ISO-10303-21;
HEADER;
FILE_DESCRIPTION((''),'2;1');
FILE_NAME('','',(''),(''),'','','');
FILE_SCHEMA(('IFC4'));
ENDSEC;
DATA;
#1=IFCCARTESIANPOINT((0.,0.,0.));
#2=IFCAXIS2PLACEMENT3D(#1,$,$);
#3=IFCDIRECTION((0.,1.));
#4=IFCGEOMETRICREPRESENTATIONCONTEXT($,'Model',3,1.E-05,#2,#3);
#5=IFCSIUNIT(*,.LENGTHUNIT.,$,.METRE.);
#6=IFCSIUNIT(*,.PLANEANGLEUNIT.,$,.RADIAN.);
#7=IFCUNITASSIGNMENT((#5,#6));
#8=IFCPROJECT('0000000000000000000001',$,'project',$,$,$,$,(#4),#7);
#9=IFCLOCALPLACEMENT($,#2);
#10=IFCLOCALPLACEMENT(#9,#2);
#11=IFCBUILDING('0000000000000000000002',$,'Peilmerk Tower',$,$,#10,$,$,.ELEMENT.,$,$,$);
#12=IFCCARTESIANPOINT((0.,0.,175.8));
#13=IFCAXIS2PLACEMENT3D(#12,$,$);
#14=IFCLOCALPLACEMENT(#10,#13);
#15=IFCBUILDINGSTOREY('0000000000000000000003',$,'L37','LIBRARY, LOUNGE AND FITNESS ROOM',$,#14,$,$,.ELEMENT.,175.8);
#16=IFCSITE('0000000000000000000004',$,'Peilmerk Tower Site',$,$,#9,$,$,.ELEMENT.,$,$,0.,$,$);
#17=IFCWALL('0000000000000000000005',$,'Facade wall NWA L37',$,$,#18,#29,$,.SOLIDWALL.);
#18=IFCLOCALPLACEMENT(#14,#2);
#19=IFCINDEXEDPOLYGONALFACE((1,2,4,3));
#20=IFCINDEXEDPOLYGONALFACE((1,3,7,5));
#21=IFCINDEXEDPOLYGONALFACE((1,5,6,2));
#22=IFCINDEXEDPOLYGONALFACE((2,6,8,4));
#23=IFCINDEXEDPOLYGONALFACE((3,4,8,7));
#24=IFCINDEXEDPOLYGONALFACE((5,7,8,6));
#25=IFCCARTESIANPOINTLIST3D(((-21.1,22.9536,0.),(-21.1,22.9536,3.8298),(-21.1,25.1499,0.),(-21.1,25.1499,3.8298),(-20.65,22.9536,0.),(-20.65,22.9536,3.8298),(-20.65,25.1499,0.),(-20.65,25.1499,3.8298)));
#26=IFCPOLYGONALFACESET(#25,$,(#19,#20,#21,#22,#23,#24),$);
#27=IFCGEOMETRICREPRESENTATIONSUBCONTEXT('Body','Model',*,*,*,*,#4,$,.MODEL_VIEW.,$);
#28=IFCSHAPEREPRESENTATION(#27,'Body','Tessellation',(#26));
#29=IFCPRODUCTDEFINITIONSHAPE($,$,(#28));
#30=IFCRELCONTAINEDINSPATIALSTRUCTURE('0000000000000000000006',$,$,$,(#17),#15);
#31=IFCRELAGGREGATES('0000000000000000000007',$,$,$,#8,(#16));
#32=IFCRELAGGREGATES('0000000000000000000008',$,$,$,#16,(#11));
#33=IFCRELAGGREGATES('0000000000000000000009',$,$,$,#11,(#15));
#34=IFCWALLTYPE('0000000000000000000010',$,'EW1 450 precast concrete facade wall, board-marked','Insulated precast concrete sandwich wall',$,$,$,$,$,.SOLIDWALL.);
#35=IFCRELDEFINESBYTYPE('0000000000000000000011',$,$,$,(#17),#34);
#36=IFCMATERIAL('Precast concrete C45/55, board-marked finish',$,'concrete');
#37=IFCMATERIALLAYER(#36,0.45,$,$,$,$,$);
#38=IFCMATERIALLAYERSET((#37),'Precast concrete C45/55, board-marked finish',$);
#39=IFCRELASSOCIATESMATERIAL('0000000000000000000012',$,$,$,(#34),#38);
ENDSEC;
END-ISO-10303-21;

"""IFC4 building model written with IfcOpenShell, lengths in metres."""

from ifc_helpers import new_model, si_unit, direction, frame, frame_2d, origin, place, context, subcontext, project, spatial, rectangle, extrude, material, layer, layer_set, type_object, element, save


model = new_model("IFC4")

# Units and contexts
model_context = context("Model", 3, precision=1e-05, world=origin(), true_north=direction((0.0, 1.0)))
body_context = subcontext(model_context, "Body", "Model", "MODEL_VIEW")
ifc_project = project(units=[si_unit("LENGTHUNIT", "METRE"), si_unit("PLANEANGLEUNIT", "RADIAN")], contexts=[model_context])

# Site, building, storey
site_placement = place(None, origin())
site = spatial("IfcSite", under=ifc_project, at=site_placement, Name="Peilmerk Tower Site", CompositionType="ELEMENT", RefElevation=0.0)
building_placement = place(site_placement, origin())
building = spatial("IfcBuilding", under=site, at=building_placement, Name="Peilmerk Tower", CompositionType="ELEMENT")
storey_placement = place(building_placement, frame((0.0, 0.0, 175.8)))
storey = spatial("IfcBuildingStorey", under=building, at=storey_placement, Name="L37", Description="LIBRARY, LOUNGE AND FITNESS ROOM", CompositionType="ELEMENT", Elevation=175.8)

# Shared definitions
ifc_material_1 = material(Name="Precast concrete C45/55, board-marked finish", Category="concrete")
ifc_layer_1 = layer(ifc_material_1, 0.45)
ifc_layer_set_1 = layer_set([ifc_layer_1], Name="Precast concrete C45/55, board-marked finish")
wall_type = type_object("IfcWallType", Name="EW1 450 precast concrete facade wall, board-marked", Description="Insulated precast concrete sandwich wall", PredefinedType="SOLIDWALL", material=ifc_layer_set_1)

# Wall
wall_1_placement = place(storey_placement, frame((-20.875, 22.9536, 0.0), z_axis=(0.0, 0.0, 1.0), x_axis=(0.0, 1.0, 0.0)))
element("IfcWall", 1, at=wall_1_placement, inside=storey, type_object=wall_type, Name="Facade wall NWA L37", PredefinedType="SOLIDWALL", context=body_context, shape_type="SweptSolid", body=[
    extrude(rectangle(XDim=2.1963, YDim=0.45, at=frame_2d((1.0981, 0.0))), origin(), (0.0, 0.0, 1.0), 3.8298),
])

save(model, "model.ifc")
